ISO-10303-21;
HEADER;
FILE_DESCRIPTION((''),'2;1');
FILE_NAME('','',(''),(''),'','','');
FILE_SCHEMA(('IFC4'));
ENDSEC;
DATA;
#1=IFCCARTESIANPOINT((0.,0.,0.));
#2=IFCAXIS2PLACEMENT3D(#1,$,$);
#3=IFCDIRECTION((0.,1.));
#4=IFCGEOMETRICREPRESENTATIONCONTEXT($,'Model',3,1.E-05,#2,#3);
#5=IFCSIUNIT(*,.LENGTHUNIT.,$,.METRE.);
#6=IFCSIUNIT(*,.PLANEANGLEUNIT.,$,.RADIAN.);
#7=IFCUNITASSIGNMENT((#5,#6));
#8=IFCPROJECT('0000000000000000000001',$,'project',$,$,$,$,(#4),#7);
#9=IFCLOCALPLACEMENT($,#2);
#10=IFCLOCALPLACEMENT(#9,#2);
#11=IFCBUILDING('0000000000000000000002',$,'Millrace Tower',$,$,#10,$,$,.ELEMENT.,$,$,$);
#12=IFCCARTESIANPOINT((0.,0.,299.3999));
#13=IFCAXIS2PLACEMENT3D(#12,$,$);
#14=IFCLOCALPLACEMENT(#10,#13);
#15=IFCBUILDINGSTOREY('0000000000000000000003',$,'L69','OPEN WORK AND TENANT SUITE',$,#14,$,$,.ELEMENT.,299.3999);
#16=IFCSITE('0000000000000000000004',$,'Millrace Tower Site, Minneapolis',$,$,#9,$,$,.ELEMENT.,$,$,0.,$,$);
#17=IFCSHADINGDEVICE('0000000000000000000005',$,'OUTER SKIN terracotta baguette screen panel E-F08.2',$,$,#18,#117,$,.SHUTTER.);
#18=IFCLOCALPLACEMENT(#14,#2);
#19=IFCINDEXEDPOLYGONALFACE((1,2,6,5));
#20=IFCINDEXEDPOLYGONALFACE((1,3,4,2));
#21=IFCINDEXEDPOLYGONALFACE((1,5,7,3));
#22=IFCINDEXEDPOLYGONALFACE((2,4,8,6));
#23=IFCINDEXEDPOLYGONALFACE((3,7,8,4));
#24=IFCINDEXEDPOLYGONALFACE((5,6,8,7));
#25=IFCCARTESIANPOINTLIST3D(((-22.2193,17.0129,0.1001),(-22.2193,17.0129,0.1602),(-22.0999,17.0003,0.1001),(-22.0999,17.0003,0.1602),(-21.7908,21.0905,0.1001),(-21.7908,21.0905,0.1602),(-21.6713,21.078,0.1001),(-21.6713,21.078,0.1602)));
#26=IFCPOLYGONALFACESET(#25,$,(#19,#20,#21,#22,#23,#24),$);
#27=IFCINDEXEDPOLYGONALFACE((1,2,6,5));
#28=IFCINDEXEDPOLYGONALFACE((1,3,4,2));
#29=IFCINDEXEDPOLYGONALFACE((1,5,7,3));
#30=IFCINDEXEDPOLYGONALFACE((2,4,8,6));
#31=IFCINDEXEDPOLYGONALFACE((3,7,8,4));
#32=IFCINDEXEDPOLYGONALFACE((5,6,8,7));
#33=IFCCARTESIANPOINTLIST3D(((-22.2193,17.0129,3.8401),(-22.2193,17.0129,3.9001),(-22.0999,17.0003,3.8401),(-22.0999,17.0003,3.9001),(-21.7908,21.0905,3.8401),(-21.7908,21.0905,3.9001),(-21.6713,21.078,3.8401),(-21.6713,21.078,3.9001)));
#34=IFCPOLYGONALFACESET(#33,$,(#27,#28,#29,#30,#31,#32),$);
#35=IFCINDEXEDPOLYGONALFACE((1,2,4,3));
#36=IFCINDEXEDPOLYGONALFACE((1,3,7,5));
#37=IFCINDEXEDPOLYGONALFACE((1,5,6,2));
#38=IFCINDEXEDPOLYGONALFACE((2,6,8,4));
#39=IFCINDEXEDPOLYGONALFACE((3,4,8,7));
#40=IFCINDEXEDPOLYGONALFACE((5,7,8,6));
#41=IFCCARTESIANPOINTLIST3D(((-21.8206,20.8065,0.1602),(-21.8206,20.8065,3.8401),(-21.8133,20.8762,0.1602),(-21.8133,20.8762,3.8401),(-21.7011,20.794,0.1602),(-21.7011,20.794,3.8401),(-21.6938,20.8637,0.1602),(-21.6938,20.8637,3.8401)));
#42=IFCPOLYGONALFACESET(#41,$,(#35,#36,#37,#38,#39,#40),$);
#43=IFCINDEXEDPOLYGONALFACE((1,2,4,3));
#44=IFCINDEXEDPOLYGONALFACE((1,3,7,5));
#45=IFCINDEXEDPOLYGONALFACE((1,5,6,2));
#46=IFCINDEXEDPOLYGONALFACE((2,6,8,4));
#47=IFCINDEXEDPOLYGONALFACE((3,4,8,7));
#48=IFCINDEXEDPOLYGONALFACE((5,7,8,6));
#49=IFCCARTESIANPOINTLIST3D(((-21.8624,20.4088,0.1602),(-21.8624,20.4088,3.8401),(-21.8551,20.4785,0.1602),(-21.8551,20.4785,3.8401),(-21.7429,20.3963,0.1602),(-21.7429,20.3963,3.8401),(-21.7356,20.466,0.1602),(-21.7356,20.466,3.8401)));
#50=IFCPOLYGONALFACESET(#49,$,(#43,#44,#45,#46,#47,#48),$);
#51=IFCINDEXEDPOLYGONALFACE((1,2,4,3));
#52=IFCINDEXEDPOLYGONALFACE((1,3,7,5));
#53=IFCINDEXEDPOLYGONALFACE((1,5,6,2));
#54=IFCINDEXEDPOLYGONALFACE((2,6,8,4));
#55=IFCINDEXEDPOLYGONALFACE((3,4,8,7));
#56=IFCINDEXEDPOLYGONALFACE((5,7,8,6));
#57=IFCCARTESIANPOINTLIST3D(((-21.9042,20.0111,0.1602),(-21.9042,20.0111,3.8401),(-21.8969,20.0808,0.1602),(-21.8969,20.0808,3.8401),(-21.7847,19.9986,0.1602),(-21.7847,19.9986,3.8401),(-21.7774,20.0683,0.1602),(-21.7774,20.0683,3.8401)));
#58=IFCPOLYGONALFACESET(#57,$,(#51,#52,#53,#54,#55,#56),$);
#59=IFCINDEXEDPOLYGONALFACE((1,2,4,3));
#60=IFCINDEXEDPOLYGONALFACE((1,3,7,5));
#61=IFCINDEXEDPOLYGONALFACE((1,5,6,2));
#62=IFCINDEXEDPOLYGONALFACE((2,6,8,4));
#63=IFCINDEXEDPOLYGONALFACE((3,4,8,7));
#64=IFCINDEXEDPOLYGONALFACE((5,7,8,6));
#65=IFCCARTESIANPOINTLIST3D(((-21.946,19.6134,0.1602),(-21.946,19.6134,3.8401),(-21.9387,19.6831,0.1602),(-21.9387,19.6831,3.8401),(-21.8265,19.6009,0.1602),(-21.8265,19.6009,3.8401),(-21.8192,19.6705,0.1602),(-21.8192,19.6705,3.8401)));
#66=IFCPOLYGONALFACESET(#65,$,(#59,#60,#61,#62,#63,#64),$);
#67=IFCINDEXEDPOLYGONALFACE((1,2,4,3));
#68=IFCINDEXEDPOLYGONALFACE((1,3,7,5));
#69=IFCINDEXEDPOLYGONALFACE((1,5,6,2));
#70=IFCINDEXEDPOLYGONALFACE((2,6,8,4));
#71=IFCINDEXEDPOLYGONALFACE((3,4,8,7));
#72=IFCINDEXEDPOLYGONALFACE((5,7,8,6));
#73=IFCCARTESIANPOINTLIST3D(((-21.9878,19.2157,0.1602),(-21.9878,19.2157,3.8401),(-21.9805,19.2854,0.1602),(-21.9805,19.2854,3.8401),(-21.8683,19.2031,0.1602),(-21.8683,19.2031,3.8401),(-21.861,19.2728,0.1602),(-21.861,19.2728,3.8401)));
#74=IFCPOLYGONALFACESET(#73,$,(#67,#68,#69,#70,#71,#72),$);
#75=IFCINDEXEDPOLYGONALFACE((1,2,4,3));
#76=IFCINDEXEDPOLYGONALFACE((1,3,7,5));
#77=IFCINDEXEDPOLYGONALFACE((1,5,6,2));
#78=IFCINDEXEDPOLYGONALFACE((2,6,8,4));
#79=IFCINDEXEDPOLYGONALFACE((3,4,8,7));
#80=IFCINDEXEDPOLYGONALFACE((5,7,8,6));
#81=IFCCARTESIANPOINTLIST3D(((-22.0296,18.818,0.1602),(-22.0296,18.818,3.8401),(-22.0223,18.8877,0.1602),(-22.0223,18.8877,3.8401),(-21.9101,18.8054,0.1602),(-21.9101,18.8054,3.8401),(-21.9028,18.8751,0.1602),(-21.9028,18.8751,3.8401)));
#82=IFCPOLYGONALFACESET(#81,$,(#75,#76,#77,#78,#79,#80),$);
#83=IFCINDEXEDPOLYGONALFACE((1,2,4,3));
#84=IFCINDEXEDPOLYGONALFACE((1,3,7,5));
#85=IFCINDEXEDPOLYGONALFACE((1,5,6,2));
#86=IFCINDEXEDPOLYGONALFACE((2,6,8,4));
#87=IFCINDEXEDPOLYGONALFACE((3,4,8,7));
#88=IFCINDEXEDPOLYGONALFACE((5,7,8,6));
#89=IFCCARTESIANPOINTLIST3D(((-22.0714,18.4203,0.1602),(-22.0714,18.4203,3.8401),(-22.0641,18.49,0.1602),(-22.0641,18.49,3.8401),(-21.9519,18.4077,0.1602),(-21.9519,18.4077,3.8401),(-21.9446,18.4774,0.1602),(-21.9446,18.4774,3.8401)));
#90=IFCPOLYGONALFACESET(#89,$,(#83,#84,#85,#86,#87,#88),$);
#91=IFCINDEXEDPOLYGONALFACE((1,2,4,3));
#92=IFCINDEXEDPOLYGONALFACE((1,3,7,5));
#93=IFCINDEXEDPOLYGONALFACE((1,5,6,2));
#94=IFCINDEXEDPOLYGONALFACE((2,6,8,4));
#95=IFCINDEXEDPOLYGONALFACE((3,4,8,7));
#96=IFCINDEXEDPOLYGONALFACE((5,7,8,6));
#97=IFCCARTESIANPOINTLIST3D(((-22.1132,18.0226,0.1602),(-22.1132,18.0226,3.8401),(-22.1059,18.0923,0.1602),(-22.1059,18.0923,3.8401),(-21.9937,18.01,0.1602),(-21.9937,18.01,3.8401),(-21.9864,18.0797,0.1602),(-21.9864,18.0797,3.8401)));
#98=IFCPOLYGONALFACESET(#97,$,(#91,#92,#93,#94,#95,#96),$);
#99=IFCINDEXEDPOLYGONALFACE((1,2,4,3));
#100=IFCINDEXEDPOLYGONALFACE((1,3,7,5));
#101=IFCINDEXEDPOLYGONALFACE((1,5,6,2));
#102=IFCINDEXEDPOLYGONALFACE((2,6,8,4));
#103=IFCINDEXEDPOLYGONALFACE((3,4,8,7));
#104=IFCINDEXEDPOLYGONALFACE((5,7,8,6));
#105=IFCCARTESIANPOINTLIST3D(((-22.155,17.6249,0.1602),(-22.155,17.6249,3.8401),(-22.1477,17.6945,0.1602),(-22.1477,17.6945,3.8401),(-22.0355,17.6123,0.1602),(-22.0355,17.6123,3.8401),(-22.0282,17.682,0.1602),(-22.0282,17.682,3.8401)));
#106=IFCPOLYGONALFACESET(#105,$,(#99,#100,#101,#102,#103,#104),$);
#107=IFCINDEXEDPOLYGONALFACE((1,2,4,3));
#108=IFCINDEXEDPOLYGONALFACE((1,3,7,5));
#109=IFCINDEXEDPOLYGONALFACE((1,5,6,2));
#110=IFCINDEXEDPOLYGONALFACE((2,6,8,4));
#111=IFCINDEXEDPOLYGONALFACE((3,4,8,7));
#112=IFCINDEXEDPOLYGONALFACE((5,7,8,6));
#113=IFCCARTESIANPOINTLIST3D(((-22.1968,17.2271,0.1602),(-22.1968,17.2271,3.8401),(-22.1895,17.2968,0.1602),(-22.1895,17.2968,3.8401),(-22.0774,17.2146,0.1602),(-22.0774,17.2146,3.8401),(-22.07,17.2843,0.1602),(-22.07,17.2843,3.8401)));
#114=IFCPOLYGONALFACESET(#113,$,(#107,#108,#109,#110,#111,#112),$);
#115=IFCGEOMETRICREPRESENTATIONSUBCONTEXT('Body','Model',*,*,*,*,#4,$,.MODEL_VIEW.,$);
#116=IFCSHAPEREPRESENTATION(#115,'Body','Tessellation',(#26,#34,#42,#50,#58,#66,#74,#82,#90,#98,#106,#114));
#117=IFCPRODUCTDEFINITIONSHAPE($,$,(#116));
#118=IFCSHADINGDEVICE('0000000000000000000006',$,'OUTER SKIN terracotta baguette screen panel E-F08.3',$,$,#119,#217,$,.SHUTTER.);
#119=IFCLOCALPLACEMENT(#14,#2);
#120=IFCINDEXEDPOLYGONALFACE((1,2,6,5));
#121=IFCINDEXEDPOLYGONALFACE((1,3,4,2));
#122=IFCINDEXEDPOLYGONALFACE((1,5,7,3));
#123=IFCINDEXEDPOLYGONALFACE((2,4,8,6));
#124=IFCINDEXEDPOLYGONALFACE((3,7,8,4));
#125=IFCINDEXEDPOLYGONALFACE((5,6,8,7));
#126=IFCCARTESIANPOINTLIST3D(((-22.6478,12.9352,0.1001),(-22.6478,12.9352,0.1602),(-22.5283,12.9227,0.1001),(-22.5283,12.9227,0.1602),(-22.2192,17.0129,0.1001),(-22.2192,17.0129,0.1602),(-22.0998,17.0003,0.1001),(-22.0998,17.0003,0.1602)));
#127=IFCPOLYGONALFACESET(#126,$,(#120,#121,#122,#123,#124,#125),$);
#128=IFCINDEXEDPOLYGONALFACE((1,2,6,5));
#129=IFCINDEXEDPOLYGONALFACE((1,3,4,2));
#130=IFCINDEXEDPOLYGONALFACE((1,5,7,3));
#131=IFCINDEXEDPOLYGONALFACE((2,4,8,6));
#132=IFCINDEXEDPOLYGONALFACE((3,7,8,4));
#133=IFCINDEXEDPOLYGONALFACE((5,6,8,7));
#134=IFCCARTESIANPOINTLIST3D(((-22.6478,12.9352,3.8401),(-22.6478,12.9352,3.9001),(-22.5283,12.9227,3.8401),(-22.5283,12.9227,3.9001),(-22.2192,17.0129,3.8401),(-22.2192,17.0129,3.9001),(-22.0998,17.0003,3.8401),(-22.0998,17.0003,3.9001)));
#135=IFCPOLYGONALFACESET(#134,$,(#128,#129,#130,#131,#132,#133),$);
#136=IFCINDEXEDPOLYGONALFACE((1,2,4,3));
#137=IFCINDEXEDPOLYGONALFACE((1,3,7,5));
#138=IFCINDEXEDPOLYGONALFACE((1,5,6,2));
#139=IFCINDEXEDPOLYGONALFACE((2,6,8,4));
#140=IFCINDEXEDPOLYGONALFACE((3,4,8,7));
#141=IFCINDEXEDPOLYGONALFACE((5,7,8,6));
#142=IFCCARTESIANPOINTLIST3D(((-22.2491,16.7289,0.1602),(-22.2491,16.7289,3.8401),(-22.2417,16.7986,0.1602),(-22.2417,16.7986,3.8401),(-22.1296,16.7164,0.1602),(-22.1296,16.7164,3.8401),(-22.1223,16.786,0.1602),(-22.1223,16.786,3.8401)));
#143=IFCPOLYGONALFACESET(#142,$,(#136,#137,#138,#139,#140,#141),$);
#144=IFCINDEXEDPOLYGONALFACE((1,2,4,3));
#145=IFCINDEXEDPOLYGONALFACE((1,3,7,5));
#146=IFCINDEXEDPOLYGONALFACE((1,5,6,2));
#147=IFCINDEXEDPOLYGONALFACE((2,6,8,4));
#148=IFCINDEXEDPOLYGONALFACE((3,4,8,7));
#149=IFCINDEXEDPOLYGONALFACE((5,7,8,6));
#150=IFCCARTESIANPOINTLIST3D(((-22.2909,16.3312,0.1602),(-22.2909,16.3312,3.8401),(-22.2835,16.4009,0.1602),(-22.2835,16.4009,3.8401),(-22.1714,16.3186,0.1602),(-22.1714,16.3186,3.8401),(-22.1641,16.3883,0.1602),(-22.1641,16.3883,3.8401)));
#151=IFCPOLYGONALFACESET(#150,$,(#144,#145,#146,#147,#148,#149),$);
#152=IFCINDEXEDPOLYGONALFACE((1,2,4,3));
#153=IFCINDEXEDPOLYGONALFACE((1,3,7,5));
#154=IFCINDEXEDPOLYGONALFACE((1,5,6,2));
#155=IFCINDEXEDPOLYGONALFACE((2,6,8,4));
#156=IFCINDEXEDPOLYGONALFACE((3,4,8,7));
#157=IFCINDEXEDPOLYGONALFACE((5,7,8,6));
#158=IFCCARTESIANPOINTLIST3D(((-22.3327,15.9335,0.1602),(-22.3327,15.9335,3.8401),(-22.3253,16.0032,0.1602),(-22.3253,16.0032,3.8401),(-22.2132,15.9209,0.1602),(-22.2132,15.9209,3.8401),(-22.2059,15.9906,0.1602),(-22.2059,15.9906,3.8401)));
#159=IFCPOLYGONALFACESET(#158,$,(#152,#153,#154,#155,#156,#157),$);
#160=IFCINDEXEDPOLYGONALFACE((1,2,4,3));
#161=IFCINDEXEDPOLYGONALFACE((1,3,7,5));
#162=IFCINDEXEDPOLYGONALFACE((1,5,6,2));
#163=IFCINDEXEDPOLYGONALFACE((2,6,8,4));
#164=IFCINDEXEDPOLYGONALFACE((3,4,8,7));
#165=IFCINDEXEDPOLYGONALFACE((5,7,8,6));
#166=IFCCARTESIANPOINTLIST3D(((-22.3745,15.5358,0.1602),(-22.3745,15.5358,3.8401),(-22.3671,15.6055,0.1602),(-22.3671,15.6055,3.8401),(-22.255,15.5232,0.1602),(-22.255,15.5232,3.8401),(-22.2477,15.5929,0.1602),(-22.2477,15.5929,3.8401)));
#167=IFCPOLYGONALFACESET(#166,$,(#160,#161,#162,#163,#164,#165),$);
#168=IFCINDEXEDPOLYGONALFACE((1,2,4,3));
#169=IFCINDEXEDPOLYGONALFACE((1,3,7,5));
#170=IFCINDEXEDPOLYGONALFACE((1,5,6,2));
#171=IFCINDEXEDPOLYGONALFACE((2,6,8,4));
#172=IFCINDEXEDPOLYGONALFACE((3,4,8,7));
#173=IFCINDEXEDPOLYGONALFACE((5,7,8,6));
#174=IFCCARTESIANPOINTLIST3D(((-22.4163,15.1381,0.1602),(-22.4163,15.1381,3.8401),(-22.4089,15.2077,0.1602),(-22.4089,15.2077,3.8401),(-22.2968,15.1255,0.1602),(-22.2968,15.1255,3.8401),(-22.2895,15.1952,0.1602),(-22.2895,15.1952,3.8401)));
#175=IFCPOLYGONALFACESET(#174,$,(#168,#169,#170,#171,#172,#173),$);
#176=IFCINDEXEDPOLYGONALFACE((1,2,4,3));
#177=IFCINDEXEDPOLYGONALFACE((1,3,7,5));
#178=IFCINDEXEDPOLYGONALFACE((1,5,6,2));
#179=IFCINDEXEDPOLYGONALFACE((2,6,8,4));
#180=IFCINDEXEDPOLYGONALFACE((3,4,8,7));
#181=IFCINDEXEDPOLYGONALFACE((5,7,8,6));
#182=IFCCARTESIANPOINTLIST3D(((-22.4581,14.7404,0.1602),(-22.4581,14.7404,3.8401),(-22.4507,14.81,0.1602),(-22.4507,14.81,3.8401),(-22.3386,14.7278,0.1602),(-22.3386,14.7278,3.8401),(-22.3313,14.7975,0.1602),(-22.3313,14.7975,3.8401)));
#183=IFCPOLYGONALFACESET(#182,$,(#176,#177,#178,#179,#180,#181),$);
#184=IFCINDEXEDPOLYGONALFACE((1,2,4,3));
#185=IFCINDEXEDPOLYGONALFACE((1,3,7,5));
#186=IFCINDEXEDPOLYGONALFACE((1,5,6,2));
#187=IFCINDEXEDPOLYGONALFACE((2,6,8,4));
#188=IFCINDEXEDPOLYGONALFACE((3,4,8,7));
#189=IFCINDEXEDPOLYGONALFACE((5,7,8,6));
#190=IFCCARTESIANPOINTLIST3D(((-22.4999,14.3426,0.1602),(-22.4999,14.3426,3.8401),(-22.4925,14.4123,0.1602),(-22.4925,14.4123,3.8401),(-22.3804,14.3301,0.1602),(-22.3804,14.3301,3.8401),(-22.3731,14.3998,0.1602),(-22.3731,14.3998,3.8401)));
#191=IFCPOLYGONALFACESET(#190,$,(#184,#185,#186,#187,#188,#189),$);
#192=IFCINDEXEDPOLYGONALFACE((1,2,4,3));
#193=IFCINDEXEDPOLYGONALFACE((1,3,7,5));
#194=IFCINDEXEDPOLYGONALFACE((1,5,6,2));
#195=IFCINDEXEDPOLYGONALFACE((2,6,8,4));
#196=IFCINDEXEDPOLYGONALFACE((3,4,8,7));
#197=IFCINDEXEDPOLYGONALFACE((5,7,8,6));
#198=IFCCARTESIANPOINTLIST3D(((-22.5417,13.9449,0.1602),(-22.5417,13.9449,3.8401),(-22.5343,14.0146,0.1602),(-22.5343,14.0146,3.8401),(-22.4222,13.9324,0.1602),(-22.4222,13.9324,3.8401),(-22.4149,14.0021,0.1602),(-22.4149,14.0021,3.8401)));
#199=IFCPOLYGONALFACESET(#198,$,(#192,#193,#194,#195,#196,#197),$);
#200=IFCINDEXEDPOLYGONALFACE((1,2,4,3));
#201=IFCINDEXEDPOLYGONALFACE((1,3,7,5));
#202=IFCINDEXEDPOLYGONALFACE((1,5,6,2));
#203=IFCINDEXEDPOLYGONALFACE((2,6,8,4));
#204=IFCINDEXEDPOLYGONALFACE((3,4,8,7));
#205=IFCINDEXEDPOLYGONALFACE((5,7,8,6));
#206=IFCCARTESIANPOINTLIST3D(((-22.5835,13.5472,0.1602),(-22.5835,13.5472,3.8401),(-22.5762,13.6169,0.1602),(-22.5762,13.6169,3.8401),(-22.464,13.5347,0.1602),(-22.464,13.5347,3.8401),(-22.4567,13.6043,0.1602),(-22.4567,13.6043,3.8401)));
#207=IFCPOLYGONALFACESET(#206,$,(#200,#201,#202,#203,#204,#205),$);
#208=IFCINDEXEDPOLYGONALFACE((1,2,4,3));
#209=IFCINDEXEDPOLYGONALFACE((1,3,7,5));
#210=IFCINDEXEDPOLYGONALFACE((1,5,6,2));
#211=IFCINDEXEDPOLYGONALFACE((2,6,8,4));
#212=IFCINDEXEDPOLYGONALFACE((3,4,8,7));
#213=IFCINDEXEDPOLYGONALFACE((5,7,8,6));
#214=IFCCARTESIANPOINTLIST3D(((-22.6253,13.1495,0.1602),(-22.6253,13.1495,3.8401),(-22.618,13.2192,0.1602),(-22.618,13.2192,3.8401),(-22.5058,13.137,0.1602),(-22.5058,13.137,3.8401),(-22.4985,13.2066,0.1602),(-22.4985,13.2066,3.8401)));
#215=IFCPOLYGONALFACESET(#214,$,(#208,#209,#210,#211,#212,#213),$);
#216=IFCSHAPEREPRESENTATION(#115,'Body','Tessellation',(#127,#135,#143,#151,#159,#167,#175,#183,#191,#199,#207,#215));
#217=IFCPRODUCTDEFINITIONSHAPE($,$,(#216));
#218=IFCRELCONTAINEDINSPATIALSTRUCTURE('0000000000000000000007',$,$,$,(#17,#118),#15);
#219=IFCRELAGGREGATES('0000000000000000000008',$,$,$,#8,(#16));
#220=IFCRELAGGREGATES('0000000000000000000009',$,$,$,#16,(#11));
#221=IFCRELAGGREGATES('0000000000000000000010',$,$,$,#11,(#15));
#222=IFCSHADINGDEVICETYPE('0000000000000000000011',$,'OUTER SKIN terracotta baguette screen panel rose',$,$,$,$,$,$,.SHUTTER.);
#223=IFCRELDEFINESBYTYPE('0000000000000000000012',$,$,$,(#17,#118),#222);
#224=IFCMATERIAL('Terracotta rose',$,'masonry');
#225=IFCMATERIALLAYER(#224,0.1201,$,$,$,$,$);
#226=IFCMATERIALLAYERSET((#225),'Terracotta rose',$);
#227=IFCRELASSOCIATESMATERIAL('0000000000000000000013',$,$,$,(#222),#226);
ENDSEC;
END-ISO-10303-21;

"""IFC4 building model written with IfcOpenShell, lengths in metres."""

from ifc_helpers import new_model, entity, si_unit, direction, frame, frame_2d, origin, place, context, subcontext, project, spatial, rectangle, extrude, source, transform, mapped, material, layer, layer_set, type_object, element, save


model = new_model("IFC4")

# Units and contexts
model_context = context("Model", 3, precision=1e-05, world=origin(), true_north=direction((0.0, 1.0)))
body_context = subcontext(model_context, "Body", "Model", "MODEL_VIEW")
ifc_project = project(units=[si_unit("LENGTHUNIT", "METRE"), si_unit("PLANEANGLEUNIT", "RADIAN")], contexts=[model_context])

# Site, building, storey
site_placement = place(None, origin())
site = spatial("IfcSite", under=ifc_project, at=site_placement, Name="Millrace Tower Site, Minneapolis", CompositionType="ELEMENT", RefElevation=0.0)
building_placement = place(site_placement, origin())
building = spatial("IfcBuilding", under=site, at=building_placement, Name="Millrace Tower", CompositionType="ELEMENT")
storey_placement = place(building_placement, frame((0.0, 0.0, 299.3999)))
storey = spatial("IfcBuildingStorey", under=building, at=storey_placement, Name="L69", Description="OPEN WORK AND TENANT SUITE", CompositionType="ELEMENT", Elevation=299.3999)

# Shading devices
ifc_material_1 = material(Name="Terracotta rose", Category="masonry")
ifc_layer_1 = layer(ifc_material_1, 0.1201)
ifc_layer_set_1 = layer_set([ifc_layer_1], Name="Terracotta rose")
shading_device_type = type_object("IfcShadingDeviceType", Name="OUTER SKIN terracotta baguette screen panel rose", PredefinedType="SHUTTER", material=ifc_layer_set_1)
cartesian_point_1 = entity("IfcCartesianPoint", [-2.05, 0.0601])
shared_polyline_1 = entity("IfcPolyline", [cartesian_point_1, entity("IfcCartesianPoint", [2.05, 0.0601]), entity("IfcCartesianPoint", [2.05, -0.0601]), entity("IfcCartesianPoint", [-2.05, -0.0601]), cartesian_point_1])
shared_shape_1 = source(origin(), body_context, "Body", "SweptSolid", [
    entity("IfcExtrudedAreaSolid", entity("IfcArbitraryClosedProfileDef", "AREA", None, shared_polyline_1), entity("IfcAxis2Placement3D", entity("IfcCartesianPoint", [0.0, 0.0, 0.0])), entity("IfcDirection", [0.0, 0.0, 1.0]), 0.0601),
    entity("IfcExtrudedAreaSolid", entity("IfcArbitraryClosedProfileDef", "AREA", None, shared_polyline_1), entity("IfcAxis2Placement3D", entity("IfcCartesianPoint", [0.0, 0.0, 3.74])), entity("IfcDirection", [0.0, 0.0, 1.0]), 0.0601),
    extrude(rectangle(XDim=0.0701, YDim=0.1201, at=frame_2d((-1.7996, 0.0))), frame((0.0, 0.0, 0.0601)), (0.0, 0.0, 1.0), 3.6799),
    extrude(rectangle(XDim=0.0701, YDim=0.1201, at=frame_2d((-1.3997, 0.0))), frame((0.0, 0.0, 0.0601)), (0.0, 0.0, 1.0), 3.6799),
    extrude(rectangle(XDim=0.0701, YDim=0.1201, at=frame_2d((-0.9998, 0.0))), frame((0.0, 0.0, 0.0601)), (0.0, 0.0, 1.0), 3.6799),
    extrude(rectangle(XDim=0.0701, YDim=0.1201, at=frame_2d((-0.5999, 0.0))), frame((0.0, 0.0, 0.0601)), (0.0, 0.0, 1.0), 3.6799),
    extrude(rectangle(XDim=0.0701, YDim=0.1201, at=frame_2d((-0.2, 0.0))), frame((0.0, 0.0, 0.0601)), (0.0, 0.0, 1.0), 3.6799),
    extrude(rectangle(XDim=0.0701, YDim=0.1201, at=frame_2d((0.2, 0.0))), frame((0.0, 0.0, 0.0601)), (0.0, 0.0, 1.0), 3.6799),
    extrude(rectangle(XDim=0.0701, YDim=0.1201, at=frame_2d((0.5999, 0.0))), frame((0.0, 0.0, 0.0601)), (0.0, 0.0, 1.0), 3.6799),
    extrude(rectangle(XDim=0.0701, YDim=0.1201, at=frame_2d((0.9998, 0.0))), frame((0.0, 0.0, 0.0601)), (0.0, 0.0, 1.0), 3.6799),
    extrude(rectangle(XDim=0.0701, YDim=0.1201, at=frame_2d((1.3997, 0.0))), frame((0.0, 0.0, 0.0601)), (0.0, 0.0, 1.0), 3.6799),
    extrude(rectangle(XDim=0.0701, YDim=0.1201, at=frame_2d((1.7996, 0.0))), frame((0.0, 0.0, 0.0601)), (0.0, 0.0, 1.0), 3.6799),
])
for number, where, z_axis, x_axis, name in (
    (1, (-21.9453, 19.0454, 0.1001), (0.0, 0.0, 1.0), (-0.104528, -0.994522, 0.0), "OUTER SKIN terracotta baguette screen panel E-F08.2"),
    (2, (-22.3738, 14.9678, 0.1001), (0.0, 0.0, 1.0), (-0.104528, -0.994522, 0.0), "OUTER SKIN terracotta baguette screen panel E-F08.3"),
):
    element("IfcShadingDevice", number, at=place(storey_placement, frame(where, z_axis=z_axis, x_axis=x_axis)), inside=storey, type_object=shading_device_type, Name=name, PredefinedType="SHUTTER", context=body_context, shape_type="MappedRepresentation", body=[
        mapped(shared_shape_1, transform((0.0, 0.0, 0.0), scale=1.0)),
    ])

save(model, "model.ifc")
